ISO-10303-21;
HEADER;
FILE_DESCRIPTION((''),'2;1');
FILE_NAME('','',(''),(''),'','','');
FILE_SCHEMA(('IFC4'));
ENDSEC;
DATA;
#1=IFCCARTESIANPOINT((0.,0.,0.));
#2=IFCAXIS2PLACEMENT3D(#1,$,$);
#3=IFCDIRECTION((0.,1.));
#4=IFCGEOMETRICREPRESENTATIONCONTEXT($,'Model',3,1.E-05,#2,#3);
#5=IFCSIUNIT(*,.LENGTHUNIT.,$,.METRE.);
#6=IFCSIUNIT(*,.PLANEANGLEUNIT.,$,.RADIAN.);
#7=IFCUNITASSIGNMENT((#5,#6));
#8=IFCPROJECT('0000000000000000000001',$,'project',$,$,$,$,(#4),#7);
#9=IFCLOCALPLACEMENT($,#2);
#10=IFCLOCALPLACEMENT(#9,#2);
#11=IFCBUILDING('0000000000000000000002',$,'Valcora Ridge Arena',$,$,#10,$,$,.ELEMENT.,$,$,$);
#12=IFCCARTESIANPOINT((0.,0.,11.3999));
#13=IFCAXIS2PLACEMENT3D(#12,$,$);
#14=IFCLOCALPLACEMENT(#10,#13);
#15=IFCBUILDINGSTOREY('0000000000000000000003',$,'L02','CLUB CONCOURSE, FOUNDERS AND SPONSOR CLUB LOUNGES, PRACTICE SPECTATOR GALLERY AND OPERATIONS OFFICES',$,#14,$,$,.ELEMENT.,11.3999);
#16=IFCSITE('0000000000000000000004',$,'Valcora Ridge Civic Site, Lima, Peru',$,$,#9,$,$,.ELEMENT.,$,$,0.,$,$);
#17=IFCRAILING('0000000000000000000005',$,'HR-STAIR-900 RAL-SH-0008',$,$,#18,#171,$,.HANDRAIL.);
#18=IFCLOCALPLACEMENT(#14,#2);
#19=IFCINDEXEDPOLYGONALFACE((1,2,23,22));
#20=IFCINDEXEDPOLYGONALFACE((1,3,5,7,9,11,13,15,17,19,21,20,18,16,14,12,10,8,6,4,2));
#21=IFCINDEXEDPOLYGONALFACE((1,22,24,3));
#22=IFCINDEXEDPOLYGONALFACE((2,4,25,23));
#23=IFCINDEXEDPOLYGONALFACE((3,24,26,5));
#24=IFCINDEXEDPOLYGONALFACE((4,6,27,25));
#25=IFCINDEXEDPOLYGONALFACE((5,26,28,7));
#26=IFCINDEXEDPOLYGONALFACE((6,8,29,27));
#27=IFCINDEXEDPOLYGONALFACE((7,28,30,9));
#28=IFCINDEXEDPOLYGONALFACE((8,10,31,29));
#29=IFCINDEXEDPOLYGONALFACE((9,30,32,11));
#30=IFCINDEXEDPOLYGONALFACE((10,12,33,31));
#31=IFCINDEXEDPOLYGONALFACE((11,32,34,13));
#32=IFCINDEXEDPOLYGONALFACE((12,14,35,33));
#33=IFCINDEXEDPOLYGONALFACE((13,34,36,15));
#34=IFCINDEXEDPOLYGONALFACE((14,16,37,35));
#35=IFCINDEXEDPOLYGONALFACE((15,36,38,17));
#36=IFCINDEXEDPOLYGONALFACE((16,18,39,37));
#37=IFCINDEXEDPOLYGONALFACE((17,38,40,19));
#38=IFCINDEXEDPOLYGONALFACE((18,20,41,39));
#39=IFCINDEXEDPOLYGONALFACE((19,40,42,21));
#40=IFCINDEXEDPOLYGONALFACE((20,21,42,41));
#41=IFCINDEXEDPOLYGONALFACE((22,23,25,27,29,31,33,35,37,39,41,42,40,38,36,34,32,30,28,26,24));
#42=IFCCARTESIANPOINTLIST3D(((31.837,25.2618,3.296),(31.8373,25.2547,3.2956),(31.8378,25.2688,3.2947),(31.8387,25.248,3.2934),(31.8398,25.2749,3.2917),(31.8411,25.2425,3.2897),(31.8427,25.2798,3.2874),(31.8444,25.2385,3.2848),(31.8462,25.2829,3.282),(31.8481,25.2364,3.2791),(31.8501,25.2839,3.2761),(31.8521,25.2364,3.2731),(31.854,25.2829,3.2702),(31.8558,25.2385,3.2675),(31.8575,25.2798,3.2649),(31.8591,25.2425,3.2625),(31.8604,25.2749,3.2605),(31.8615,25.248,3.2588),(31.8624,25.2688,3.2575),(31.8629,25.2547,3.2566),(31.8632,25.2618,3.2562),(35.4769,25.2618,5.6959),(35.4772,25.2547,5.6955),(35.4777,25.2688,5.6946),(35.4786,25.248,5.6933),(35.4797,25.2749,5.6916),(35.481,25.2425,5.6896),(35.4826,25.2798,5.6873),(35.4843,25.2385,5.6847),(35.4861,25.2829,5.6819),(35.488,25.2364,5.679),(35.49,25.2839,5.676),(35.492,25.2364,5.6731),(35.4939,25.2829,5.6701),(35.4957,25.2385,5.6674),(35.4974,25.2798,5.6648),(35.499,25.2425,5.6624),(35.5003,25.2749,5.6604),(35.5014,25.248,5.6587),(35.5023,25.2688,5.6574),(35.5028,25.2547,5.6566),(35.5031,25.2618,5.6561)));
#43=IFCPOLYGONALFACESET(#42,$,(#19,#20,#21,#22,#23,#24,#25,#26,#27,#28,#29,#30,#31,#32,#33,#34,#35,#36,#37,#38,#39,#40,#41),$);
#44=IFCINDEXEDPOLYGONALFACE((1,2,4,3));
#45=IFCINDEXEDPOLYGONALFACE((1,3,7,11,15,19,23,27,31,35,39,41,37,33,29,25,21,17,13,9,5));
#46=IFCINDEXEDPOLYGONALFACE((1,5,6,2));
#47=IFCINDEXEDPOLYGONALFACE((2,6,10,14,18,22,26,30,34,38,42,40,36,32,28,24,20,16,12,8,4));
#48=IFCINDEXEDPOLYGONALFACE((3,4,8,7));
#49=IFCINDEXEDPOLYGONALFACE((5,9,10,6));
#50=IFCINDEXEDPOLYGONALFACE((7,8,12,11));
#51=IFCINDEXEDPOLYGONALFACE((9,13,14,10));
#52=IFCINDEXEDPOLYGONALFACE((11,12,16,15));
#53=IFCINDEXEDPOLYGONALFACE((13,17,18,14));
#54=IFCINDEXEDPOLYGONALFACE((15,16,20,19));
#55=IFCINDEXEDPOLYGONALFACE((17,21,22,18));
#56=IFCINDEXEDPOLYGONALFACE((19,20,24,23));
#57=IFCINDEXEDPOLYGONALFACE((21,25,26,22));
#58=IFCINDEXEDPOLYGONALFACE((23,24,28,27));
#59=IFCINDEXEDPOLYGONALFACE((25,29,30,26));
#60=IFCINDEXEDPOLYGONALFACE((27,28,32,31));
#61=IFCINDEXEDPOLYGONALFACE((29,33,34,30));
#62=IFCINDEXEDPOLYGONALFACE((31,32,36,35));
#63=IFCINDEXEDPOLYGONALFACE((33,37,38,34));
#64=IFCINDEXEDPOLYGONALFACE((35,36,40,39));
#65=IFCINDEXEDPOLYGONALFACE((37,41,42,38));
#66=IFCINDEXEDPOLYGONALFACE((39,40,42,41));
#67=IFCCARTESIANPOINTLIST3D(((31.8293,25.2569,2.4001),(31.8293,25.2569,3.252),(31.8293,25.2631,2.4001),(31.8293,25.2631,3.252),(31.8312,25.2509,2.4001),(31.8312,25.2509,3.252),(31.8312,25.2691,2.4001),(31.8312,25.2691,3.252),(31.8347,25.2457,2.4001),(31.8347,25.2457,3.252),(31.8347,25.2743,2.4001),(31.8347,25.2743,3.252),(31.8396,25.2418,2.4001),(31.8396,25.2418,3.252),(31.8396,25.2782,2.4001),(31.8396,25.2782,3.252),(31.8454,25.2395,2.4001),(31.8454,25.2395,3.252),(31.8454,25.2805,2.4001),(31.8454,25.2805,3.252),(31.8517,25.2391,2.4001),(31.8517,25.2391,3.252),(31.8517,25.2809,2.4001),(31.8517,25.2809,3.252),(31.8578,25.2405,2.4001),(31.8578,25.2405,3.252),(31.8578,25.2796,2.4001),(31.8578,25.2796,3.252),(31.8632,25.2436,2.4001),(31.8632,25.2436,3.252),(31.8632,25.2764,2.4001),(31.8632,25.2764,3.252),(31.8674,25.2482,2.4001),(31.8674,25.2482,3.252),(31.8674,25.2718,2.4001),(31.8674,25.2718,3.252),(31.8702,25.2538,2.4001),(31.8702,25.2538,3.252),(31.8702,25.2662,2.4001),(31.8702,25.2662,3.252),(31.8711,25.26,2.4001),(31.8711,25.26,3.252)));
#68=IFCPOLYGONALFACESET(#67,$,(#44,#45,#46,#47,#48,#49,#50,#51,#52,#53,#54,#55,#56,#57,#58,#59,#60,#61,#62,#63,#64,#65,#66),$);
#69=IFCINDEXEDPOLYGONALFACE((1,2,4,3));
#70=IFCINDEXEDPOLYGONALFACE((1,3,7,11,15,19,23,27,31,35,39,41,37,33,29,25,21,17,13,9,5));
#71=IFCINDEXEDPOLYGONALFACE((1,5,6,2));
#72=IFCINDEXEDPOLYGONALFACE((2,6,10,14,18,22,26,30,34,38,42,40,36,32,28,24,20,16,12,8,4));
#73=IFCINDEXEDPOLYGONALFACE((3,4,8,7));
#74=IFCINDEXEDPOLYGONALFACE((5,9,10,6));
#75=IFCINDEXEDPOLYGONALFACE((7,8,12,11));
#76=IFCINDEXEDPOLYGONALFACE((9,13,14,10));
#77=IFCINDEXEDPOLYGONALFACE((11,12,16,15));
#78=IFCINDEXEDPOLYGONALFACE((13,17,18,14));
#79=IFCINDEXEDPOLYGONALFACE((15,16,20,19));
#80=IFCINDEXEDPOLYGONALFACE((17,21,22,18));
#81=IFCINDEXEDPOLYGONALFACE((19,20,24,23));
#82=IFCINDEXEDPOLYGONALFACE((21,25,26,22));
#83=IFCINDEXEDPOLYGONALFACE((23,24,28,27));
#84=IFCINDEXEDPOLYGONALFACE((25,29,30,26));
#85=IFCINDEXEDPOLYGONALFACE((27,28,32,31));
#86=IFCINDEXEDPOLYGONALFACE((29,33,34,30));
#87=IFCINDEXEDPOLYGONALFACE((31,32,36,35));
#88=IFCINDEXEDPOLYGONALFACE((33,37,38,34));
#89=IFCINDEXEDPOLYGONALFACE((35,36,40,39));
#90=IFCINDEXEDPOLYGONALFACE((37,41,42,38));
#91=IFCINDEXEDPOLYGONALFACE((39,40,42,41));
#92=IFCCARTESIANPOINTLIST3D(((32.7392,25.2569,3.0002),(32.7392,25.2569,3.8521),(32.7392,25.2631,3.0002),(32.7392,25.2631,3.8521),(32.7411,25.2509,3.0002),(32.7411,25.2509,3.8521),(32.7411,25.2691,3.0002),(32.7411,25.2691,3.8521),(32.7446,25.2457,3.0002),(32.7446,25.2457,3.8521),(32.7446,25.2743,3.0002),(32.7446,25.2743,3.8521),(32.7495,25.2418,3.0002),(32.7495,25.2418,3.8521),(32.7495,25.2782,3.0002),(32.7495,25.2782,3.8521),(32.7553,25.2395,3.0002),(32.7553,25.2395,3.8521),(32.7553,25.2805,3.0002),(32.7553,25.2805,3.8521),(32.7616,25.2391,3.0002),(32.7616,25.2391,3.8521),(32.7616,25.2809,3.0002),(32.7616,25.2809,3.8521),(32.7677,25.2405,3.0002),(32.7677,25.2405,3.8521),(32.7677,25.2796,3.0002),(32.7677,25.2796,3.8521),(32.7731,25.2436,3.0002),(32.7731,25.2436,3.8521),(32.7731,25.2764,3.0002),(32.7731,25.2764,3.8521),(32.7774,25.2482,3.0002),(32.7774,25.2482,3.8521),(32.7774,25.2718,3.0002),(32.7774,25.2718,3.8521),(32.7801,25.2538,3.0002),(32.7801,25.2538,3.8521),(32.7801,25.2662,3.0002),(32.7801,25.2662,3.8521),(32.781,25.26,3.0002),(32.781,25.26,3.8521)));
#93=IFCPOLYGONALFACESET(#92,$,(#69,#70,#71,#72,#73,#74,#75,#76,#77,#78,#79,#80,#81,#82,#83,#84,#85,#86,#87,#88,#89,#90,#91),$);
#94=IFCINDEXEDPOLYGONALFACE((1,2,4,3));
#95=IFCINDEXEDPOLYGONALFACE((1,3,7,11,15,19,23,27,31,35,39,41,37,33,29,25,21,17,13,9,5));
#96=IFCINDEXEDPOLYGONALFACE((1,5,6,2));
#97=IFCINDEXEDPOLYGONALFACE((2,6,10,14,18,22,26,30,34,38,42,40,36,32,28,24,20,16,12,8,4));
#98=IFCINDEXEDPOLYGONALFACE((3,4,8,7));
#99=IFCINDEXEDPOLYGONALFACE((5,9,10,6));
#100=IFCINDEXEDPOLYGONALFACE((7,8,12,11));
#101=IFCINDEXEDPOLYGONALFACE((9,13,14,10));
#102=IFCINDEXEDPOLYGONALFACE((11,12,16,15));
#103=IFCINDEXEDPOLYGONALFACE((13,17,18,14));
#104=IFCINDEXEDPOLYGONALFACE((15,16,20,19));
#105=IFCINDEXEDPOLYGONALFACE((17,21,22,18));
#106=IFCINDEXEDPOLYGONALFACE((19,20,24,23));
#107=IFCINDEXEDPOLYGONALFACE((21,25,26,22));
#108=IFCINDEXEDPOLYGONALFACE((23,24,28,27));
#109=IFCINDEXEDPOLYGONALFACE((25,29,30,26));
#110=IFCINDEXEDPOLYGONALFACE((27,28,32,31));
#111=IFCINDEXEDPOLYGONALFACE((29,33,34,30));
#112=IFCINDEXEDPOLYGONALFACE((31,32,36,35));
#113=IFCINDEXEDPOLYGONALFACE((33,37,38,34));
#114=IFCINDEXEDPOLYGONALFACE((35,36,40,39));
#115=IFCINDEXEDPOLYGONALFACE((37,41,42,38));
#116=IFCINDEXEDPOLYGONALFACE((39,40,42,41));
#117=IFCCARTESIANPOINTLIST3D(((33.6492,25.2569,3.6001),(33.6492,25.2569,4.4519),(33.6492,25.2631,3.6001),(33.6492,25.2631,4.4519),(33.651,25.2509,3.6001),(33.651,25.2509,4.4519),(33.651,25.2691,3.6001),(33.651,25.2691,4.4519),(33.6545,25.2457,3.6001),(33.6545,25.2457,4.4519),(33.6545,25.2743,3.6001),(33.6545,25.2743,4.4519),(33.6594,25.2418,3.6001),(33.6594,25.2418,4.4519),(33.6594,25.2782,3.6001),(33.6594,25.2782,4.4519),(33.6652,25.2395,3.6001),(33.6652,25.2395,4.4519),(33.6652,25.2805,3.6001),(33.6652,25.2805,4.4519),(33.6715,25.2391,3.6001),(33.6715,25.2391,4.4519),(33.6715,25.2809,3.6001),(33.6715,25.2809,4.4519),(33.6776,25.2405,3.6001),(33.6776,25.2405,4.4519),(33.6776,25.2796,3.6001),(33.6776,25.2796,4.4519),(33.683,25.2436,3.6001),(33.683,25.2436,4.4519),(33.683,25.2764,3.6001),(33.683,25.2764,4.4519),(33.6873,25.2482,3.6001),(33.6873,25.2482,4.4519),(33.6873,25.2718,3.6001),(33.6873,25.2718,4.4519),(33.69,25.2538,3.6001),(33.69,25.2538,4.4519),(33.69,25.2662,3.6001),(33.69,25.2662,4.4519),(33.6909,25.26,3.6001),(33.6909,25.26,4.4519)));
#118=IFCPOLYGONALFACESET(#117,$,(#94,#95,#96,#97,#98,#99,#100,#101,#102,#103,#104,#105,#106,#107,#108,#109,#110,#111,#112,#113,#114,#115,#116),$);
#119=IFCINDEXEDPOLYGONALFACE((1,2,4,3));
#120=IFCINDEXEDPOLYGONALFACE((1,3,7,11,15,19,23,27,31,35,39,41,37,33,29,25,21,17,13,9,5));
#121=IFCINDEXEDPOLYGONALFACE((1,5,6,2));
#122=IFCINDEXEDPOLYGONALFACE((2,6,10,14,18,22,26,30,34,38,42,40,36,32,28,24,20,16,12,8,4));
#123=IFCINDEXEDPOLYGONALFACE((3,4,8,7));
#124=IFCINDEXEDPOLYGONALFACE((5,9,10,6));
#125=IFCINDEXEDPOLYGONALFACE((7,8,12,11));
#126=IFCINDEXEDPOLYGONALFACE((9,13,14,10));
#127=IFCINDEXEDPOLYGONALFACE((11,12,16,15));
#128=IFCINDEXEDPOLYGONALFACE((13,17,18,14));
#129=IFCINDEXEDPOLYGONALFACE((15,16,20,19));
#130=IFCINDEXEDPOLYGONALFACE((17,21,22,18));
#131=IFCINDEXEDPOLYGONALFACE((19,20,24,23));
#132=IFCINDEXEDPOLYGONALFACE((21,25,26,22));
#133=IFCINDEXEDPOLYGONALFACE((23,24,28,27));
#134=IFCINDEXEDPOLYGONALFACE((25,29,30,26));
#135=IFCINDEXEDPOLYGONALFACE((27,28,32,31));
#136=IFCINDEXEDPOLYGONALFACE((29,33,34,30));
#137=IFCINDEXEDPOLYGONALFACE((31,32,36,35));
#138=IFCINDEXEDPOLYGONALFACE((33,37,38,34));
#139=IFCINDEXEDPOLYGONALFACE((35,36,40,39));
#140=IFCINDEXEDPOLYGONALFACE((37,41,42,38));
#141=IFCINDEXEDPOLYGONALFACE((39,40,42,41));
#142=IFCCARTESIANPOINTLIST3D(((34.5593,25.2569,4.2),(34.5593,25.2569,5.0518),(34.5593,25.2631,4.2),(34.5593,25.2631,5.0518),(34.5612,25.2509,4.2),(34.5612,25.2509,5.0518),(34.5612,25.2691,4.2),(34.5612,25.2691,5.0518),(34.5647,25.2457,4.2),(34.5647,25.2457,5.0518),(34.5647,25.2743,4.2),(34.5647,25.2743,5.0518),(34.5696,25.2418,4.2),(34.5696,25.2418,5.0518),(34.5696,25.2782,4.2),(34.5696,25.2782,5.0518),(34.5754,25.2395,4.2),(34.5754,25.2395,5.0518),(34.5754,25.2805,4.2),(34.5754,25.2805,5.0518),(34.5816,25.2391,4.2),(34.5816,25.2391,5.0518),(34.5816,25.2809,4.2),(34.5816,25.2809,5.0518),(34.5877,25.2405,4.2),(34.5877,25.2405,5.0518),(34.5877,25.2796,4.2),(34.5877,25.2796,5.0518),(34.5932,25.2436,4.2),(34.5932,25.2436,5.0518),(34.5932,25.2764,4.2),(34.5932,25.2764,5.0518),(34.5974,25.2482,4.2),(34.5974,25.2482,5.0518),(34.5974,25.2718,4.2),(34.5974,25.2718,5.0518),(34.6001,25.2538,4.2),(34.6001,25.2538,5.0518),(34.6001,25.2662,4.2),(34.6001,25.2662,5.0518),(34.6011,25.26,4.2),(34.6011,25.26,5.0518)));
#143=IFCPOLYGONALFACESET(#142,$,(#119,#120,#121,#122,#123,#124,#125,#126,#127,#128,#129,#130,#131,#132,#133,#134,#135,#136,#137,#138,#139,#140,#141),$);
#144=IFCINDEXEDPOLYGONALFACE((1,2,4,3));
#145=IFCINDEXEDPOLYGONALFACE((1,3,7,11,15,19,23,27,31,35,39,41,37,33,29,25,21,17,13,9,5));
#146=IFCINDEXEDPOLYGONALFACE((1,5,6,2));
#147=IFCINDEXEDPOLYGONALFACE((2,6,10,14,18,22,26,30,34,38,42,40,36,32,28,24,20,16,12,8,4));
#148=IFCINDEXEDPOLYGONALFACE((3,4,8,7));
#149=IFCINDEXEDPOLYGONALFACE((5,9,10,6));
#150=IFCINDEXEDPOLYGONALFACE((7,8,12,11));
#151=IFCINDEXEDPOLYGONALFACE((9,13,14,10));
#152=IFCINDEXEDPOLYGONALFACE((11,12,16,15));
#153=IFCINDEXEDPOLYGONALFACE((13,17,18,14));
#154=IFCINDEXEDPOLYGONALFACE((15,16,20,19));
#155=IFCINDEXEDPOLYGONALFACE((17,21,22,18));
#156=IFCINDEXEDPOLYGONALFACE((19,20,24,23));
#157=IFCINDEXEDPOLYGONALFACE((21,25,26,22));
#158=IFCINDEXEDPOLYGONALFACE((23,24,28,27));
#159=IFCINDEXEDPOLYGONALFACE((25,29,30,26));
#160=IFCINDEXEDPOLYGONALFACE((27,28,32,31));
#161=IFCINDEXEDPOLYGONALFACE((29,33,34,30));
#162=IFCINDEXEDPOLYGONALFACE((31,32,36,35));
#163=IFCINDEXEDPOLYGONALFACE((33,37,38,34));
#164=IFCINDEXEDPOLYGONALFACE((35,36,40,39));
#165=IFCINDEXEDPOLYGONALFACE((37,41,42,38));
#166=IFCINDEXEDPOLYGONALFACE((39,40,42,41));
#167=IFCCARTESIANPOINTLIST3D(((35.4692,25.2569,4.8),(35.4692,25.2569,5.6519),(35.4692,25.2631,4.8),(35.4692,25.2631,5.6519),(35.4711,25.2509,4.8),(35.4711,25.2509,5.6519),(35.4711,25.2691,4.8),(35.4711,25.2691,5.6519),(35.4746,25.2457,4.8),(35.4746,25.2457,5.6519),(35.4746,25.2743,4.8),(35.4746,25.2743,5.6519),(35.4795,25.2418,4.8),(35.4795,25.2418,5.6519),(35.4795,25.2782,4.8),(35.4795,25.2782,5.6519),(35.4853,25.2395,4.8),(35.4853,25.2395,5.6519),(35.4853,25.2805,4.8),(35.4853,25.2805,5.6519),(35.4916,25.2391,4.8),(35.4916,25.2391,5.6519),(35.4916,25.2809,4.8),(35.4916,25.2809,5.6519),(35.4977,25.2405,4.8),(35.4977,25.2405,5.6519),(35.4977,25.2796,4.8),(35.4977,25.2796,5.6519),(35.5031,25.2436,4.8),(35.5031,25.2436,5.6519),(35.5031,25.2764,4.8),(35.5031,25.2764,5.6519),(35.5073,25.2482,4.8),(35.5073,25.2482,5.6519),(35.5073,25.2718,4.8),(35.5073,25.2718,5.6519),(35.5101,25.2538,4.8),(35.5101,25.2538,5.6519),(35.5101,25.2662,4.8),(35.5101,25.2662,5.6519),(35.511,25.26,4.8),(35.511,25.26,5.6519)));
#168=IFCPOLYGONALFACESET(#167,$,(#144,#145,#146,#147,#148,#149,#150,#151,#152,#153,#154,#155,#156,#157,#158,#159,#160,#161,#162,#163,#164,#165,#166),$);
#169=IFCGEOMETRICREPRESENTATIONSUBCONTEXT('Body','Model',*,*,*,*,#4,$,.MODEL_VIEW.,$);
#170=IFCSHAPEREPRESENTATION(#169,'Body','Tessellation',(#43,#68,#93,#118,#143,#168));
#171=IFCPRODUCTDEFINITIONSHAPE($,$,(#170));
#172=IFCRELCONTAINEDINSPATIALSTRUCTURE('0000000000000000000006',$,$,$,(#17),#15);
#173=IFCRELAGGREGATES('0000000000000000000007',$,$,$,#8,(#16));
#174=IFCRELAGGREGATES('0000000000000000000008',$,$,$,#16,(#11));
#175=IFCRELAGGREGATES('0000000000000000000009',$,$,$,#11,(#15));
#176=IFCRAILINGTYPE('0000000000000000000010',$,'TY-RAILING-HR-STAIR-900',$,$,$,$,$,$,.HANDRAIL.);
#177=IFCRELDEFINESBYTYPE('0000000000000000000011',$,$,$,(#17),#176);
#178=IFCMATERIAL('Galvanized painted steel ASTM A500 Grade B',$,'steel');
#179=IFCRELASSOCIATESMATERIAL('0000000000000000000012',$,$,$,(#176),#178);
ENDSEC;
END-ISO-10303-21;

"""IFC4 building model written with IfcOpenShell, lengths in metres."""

from ifc_helpers import new_model, si_unit, direction, frame, origin, origin_2d, place, context, subcontext, project, spatial, circle, extrude, material, type_object, element, save


model = new_model("IFC4")

# Units and contexts
model_context = context("Model", 3, precision=1e-05, world=origin(), true_north=direction((0.0, 1.0)))
body_context = subcontext(model_context, "Body", "Model", "MODEL_VIEW")
ifc_project = project(units=[si_unit("LENGTHUNIT", "METRE"), si_unit("PLANEANGLEUNIT", "RADIAN")], contexts=[model_context])

# Site, building, storey
site_placement = place(None, origin())
site = spatial("IfcSite", under=ifc_project, at=site_placement, Name="Valcora Ridge Civic Site, Lima, Peru", CompositionType="ELEMENT", RefElevation=0.0)
building_placement = place(site_placement, origin())
building = spatial("IfcBuilding", under=site, at=building_placement, Name="Valcora Ridge Arena", CompositionType="ELEMENT")
storey_placement = place(building_placement, frame((0.0, 0.0, 11.3999)))
storey = spatial("IfcBuildingStorey", under=building, at=storey_placement, Name="L02", Description="CLUB CONCOURSE, FOUNDERS AND SPONSOR CLUB LOUNGES, PRACTICE SPECTATOR GALLERY AND OPERATIONS OFFICES", CompositionType="ELEMENT", Elevation=11.3999)

# Railing
ifc_material_1 = material(Name="Galvanized painted steel ASTM A500 Grade B", Category="steel")
railing_type_1 = type_object("IfcRailingType", Name="TY-RAILING-HR-STAIR-900", PredefinedType="HANDRAIL", material=ifc_material_1)
railing_1_placement = place(storey_placement, frame((31.8501, 25.26, 2.4001)))
element("IfcRailing", 1, at=railing_1_placement, inside=storey, type_object=railing_type_1, Name="HR-STAIR-900 RAL-SH-0008", PredefinedType="HANDRAIL", context=body_context, shape_type="SweptSolid", body=[
    extrude(circle(Radius=0.0239, at=origin_2d()), frame((0.0, 0.0, 0.876), z_axis=(0.834865, 0.0, 0.550454), x_axis=(0.0, 1.0, 0.0)), (0.0, 0.0, 1.0), 4.3599),
    extrude(circle(Radius=0.021, at=origin_2d()), origin(), (0.0, 0.0, 1.0), 0.8518),
    extrude(circle(Radius=0.021, at=origin_2d()), frame((0.9099, 0.0, 0.6001)), (0.0, 0.0, 1.0), 0.8518),
    extrude(circle(Radius=0.021, at=origin_2d()), frame((1.8198, 0.0, 1.2)), (0.0, 0.0, 1.0), 0.8518),
    extrude(circle(Radius=0.021, at=origin_2d()), frame((2.73, 0.0, 1.7998)), (0.0, 0.0, 1.0), 0.8518),
    extrude(circle(Radius=0.021, at=origin_2d()), frame((3.6399, 0.0, 2.3999)), (0.0, 0.0, 1.0), 0.8518),
])

save(model, "model.ifc")
